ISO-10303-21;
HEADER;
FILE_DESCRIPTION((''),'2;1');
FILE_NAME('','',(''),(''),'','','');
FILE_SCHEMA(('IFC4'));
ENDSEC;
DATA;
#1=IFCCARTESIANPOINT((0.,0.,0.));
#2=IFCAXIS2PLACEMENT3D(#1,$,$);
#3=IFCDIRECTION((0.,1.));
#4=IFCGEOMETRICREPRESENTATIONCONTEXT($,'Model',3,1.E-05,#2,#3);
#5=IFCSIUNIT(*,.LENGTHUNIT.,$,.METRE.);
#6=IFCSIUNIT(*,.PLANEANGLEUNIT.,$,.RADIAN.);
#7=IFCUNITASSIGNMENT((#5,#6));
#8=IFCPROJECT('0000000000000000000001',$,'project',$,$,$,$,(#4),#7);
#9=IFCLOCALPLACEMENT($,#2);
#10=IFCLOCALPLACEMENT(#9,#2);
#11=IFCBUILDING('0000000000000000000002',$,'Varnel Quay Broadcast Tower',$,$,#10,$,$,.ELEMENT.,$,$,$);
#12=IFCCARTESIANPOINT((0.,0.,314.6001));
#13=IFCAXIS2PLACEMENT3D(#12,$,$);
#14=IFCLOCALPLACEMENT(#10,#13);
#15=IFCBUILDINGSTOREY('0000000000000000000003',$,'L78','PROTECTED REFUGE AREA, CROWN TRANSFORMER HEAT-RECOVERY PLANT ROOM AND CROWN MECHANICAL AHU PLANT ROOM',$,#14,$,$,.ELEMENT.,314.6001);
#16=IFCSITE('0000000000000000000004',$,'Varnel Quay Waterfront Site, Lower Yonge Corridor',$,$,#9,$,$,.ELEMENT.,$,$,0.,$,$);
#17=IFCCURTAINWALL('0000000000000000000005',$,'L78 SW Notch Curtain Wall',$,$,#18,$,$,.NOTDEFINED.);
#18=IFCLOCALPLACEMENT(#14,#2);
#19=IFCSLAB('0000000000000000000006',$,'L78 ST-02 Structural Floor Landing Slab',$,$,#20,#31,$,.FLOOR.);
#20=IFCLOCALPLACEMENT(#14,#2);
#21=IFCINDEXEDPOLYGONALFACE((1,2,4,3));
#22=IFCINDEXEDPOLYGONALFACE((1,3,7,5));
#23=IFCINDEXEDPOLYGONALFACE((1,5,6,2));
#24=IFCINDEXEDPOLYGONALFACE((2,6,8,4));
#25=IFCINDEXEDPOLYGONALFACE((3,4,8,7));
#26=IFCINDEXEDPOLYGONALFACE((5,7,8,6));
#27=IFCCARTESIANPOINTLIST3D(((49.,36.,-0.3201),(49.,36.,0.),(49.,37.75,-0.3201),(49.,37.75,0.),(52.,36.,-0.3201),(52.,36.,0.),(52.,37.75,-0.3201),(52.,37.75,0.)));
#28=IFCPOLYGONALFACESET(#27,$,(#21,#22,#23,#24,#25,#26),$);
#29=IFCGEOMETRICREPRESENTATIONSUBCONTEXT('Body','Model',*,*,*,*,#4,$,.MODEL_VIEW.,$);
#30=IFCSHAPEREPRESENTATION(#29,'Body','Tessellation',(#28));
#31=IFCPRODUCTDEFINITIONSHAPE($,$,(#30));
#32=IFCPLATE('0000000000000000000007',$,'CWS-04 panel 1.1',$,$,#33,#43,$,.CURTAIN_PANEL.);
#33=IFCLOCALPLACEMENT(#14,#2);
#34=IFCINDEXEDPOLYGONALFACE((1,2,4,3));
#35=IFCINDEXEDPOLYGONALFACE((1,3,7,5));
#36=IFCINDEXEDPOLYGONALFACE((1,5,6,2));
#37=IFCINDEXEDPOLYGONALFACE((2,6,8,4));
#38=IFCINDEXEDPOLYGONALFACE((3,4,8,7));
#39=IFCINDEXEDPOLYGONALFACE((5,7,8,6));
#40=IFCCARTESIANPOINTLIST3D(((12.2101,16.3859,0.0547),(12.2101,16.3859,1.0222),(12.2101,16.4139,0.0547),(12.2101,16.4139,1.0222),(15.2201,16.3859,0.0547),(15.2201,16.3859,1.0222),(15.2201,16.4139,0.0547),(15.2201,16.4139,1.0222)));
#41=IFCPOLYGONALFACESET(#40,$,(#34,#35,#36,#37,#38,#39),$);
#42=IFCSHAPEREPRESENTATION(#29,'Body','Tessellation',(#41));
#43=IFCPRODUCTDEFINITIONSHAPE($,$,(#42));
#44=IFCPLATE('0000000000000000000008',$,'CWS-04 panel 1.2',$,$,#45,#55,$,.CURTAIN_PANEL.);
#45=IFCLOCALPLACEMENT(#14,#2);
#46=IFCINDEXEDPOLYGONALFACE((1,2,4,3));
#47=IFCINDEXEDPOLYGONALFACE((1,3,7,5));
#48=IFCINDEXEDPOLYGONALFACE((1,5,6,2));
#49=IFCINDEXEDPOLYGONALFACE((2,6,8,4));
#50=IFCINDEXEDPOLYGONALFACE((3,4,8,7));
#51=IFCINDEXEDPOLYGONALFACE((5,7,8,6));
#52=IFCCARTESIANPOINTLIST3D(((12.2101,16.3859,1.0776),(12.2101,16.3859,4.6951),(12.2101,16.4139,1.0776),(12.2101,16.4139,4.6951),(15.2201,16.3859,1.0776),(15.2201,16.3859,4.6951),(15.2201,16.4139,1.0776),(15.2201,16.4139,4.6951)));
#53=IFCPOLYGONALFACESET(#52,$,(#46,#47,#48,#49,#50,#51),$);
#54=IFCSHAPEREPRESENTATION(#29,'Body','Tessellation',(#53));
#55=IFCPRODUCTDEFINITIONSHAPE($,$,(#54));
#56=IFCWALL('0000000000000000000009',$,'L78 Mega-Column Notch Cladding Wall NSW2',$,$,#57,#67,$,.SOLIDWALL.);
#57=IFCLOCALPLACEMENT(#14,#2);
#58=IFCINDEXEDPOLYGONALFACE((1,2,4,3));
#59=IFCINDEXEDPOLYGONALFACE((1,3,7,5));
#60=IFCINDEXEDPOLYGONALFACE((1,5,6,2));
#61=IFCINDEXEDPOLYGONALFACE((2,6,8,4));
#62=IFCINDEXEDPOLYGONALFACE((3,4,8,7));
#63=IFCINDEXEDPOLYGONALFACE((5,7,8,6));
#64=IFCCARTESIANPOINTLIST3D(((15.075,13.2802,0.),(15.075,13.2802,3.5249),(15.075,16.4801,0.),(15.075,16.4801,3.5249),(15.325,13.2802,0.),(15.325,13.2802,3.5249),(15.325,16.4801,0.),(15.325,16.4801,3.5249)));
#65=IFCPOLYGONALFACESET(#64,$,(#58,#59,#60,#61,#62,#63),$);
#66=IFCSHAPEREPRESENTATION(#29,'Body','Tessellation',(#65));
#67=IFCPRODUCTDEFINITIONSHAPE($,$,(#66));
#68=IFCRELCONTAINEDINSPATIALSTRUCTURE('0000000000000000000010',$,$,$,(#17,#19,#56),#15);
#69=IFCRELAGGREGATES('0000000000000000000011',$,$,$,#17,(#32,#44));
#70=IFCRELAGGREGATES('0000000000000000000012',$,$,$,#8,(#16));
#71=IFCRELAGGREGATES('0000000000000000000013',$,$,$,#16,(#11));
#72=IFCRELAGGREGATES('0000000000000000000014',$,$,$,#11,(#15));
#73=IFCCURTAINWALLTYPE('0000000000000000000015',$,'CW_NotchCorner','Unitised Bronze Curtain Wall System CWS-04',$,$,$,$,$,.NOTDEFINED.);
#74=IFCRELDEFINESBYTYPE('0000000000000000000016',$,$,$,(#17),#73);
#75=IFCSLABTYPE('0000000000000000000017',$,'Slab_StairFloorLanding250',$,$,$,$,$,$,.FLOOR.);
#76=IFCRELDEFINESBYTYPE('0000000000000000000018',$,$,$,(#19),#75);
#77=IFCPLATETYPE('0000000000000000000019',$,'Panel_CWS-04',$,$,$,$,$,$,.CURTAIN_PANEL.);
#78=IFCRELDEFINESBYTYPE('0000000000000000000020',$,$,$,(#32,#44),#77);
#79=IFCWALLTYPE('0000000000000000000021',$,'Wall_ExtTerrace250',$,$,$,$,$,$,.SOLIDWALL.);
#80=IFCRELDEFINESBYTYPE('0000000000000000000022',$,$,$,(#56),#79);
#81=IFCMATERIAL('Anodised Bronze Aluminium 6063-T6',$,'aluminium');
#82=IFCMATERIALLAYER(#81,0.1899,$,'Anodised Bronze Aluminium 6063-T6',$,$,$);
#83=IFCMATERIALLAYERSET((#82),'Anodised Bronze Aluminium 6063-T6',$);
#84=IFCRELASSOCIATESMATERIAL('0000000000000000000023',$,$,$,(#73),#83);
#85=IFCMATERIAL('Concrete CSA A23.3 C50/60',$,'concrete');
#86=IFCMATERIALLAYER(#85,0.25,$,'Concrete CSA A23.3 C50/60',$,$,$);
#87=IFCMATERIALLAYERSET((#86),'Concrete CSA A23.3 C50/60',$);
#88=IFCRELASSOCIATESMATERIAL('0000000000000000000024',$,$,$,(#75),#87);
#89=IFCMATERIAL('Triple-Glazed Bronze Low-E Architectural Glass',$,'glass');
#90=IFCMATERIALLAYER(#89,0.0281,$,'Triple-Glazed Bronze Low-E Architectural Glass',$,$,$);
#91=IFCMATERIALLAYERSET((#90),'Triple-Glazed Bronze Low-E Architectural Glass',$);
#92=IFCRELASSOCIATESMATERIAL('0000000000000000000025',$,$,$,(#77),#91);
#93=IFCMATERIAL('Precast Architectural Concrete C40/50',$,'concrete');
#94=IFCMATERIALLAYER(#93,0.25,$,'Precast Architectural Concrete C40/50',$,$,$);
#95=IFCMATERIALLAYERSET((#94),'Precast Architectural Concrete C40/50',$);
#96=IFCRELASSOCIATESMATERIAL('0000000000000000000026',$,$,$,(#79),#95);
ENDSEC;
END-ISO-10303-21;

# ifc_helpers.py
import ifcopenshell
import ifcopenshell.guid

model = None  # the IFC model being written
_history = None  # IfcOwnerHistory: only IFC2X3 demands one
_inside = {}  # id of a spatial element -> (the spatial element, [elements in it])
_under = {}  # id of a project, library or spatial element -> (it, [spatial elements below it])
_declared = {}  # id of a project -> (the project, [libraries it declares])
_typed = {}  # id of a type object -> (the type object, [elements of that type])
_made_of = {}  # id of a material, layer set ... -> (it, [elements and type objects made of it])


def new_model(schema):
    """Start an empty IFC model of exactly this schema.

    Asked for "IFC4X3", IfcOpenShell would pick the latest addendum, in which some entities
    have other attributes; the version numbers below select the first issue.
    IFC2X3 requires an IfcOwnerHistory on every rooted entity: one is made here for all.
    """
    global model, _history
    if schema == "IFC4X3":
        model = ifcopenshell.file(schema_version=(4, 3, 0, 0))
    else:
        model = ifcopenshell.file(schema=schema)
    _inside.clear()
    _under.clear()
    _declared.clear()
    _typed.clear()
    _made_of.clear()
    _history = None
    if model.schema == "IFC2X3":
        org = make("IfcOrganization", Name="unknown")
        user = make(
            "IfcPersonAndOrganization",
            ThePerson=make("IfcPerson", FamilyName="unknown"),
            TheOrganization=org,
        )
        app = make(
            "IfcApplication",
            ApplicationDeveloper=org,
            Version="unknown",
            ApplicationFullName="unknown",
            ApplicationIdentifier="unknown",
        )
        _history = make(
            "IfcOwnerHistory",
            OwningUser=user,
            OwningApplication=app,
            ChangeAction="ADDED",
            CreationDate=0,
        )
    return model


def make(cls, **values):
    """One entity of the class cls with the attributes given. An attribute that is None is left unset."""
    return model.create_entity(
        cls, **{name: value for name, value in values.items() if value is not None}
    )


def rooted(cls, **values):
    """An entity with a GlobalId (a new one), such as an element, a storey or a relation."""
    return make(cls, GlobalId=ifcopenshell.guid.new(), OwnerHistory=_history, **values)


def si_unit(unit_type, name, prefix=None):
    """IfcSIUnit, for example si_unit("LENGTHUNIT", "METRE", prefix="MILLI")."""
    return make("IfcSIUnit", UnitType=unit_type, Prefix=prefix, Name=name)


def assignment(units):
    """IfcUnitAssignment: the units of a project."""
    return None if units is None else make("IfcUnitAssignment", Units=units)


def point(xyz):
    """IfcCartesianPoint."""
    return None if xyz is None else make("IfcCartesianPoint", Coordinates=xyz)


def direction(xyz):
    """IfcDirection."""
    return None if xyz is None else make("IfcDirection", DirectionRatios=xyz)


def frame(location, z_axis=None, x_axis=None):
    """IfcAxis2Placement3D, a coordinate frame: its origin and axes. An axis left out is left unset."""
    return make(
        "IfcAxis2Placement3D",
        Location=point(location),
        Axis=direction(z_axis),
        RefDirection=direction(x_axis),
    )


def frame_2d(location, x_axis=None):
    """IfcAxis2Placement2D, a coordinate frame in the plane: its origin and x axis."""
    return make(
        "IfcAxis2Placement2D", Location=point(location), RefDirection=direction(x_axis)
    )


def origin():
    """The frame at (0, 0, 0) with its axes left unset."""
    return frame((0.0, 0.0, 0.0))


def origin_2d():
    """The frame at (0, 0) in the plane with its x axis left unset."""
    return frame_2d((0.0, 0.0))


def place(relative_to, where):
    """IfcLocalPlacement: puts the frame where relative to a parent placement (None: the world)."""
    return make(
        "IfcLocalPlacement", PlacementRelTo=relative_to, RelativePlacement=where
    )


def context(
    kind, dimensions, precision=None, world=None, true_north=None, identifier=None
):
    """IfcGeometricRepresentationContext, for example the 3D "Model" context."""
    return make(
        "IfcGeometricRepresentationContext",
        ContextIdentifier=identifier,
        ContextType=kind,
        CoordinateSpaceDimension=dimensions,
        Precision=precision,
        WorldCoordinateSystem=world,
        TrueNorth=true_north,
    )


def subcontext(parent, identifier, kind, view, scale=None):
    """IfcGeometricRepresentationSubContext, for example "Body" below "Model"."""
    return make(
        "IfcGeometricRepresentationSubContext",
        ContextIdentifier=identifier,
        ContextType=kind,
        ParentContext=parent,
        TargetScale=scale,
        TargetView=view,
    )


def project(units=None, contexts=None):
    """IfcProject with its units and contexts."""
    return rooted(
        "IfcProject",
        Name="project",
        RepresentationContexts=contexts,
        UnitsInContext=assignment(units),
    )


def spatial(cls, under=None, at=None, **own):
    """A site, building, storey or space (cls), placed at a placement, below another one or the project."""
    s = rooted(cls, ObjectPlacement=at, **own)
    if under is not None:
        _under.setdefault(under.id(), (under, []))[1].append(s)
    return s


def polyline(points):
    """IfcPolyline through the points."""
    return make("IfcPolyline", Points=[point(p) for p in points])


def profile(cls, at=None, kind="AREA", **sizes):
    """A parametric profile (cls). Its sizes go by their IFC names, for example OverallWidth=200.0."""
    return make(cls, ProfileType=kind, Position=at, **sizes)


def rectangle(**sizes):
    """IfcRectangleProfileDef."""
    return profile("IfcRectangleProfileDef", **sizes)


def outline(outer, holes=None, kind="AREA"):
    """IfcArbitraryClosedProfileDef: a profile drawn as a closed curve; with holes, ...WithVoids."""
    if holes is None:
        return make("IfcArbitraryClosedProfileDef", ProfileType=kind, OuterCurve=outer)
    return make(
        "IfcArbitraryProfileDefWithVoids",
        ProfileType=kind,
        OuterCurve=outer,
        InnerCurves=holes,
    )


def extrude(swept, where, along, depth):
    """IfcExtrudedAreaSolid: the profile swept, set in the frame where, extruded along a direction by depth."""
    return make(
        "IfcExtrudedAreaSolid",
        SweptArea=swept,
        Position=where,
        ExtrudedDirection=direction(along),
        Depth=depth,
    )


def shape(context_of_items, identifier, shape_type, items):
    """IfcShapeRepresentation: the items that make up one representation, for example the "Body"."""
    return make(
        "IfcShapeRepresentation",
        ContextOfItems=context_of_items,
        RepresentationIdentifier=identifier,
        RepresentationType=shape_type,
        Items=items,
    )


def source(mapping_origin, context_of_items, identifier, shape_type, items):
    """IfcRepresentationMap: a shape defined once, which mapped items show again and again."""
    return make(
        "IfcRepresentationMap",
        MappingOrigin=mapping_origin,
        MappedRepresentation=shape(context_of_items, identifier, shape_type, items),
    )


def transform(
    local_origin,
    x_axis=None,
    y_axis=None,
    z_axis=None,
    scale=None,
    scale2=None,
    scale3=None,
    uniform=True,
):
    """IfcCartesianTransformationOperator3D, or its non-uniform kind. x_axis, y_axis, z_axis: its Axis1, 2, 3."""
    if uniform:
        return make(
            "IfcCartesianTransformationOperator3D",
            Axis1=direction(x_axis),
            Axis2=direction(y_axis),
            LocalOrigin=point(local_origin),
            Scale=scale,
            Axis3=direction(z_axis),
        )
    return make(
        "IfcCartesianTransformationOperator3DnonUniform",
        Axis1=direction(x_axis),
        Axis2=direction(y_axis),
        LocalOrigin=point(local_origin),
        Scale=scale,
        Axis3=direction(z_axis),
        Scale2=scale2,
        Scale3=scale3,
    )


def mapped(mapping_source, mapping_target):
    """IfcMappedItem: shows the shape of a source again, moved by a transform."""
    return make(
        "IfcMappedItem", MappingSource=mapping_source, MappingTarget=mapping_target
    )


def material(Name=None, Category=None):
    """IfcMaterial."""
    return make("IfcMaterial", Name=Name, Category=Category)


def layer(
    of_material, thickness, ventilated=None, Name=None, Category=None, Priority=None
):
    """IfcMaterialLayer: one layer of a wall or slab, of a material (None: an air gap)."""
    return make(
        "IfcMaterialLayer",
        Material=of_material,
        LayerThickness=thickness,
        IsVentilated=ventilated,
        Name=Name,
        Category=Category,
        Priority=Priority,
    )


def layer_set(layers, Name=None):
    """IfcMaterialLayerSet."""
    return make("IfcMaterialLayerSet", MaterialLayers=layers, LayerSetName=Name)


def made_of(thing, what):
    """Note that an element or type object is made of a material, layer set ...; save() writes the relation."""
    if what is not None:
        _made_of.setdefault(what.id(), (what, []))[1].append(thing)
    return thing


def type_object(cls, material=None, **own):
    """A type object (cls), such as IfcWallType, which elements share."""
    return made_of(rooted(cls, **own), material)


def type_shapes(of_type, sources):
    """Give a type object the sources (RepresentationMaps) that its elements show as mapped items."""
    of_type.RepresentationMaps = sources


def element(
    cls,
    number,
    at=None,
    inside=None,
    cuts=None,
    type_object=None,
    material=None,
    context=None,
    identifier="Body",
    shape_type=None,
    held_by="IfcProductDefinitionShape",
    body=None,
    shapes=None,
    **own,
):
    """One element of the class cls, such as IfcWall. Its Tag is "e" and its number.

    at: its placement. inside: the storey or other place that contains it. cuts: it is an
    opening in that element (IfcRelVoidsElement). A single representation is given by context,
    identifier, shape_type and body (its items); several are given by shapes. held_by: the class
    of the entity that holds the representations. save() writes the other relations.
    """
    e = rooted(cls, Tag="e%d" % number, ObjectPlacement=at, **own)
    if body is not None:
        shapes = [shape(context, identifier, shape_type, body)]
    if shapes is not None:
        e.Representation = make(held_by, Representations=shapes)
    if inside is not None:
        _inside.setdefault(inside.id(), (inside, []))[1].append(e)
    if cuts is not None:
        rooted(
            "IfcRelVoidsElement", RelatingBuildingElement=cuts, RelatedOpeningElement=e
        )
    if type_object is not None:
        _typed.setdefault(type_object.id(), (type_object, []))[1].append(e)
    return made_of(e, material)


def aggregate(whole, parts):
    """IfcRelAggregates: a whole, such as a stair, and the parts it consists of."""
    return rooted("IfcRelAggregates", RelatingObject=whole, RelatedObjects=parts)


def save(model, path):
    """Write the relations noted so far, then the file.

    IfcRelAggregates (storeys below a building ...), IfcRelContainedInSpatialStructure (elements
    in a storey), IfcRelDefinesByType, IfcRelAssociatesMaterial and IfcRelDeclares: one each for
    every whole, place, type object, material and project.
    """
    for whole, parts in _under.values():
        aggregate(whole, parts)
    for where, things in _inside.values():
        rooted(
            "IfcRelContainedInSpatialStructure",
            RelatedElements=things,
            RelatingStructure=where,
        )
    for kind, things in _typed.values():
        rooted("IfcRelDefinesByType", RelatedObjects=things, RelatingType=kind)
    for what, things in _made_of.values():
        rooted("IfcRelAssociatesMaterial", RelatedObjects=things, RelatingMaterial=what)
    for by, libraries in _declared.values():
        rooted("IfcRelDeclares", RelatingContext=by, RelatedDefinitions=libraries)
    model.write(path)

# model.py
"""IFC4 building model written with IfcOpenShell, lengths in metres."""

from ifc_helpers import new_model, si_unit, direction, frame, frame_2d, origin, origin_2d, place, context, subcontext, project, spatial, polyline, rectangle, outline, extrude, source, transform, mapped, material, layer, layer_set, type_object, type_shapes, element, aggregate, save


model = new_model("IFC4")

# Units and contexts
model_context = context("Model", 3, precision=1e-05, world=origin(), true_north=direction((0.0, 1.0)))
body_context = subcontext(model_context, "Body", "Model", "MODEL_VIEW")
ifc_project = project(units=[si_unit("LENGTHUNIT", "METRE"), si_unit("PLANEANGLEUNIT", "RADIAN")], contexts=[model_context])

# Site, building, storey
site_placement = place(None, origin())
site = spatial("IfcSite", under=ifc_project, at=site_placement, Name="Varnel Quay Waterfront Site, Lower Yonge Corridor", CompositionType="ELEMENT", RefElevation=0.0)
building_placement = place(site_placement, origin())
building = spatial("IfcBuilding", under=site, at=building_placement, Name="Varnel Quay Broadcast Tower", CompositionType="ELEMENT")
storey_placement = place(building_placement, frame((0.0, 0.0, 314.6001)))
storey = spatial("IfcBuildingStorey", under=building, at=storey_placement, Name="L78", Description="PROTECTED REFUGE AREA, CROWN TRANSFORMER HEAT-RECOVERY PLANT ROOM AND CROWN MECHANICAL AHU PLANT ROOM", CompositionType="ELEMENT", Elevation=314.6001)

# Curtain wall
ifc_material_1 = material(Name="Anodised Bronze Aluminium 6063-T6", Category="aluminium")
ifc_layer_1 = layer(ifc_material_1, 0.1899, Name="Anodised Bronze Aluminium 6063-T6")
ifc_layer_set_1 = layer_set([ifc_layer_1], Name="Anodised Bronze Aluminium 6063-T6")
curtain_wall_type_1 = type_object("IfcCurtainWallType", Name="CW_NotchCorner", Description="Unitised Bronze Curtain Wall System CWS-04", PredefinedType="NOTDEFINED", material=ifc_layer_set_1)
curtain_wall_1_placement = place(storey_placement, origin())
curtain_wall_1 = element("IfcCurtainWall", 1, at=curtain_wall_1_placement, inside=storey, type_object=curtain_wall_type_1, Name="L78 SW Notch Curtain Wall", PredefinedType="NOTDEFINED")

# Slab
ifc_material_2 = material(Name="Concrete CSA A23.3 C50/60", Category="concrete")
ifc_layer_2 = layer(ifc_material_2, 0.25, Name="Concrete CSA A23.3 C50/60")
ifc_layer_set_2 = layer_set([ifc_layer_2], Name="Concrete CSA A23.3 C50/60")
slab_type_1 = type_object("IfcSlabType", Name="Slab_StairFloorLanding250", PredefinedType="FLOOR", material=ifc_layer_set_2)
slab_1_placement = place(storey_placement, frame((0.0, 0.0, -0.3201)))
element("IfcSlab", 2, at=slab_1_placement, inside=storey, type_object=slab_type_1, Name="L78 ST-02 Structural Floor Landing Slab", PredefinedType="FLOOR", context=body_context, shape_type="SweptSolid", body=[
    extrude(outline(polyline([(52.0, 36.0), (52.0, 37.75), (49.0, 37.75), (49.0, 36.0), (52.0, 36.0)])), origin(), (0.0, 0.0, 1.0), 0.3201),
])

# Plates
ifc_material_3 = material(Name="Triple-Glazed Bronze Low-E Architectural Glass", Category="glass")
ifc_layer_3 = layer(ifc_material_3, 0.0281, Name="Triple-Glazed Bronze Low-E Architectural Glass")
ifc_layer_set_3 = layer_set([ifc_layer_3], Name="Triple-Glazed Bronze Low-E Architectural Glass")
plate_type = type_object("IfcPlateType", Name="Panel_CWS-04", PredefinedType="CURTAIN_PANEL", material=ifc_layer_set_3)
shared_shape_1 = source(origin(), body_context, "Body", "SweptSolid", [
    extrude(rectangle(XDim=3.01, YDim=0.0281, at=origin_2d()), origin(), (0.0, 0.0, 1.0), 0.9675),
])
plate_1_placement = place(storey_placement, frame((13.7151, 16.3999, 0.0547), z_axis=(0.0, 0.0, 1.0), x_axis=(1.0, 0.0, 0.0)))
plate_1 = element("IfcPlate", 3, at=plate_1_placement, type_object=plate_type, Name="CWS-04 panel 1.1", PredefinedType="CURTAIN_PANEL", context=body_context, shape_type="MappedRepresentation", body=[
    mapped(shared_shape_1, transform((0.0, 0.0, 0.0), x_axis=(1.0, 0.0, 0.0), y_axis=(0.0, 1.0, 0.0), z_axis=(0.0, 0.0, 1.0), scale=1.0)),
])
shared_shape_2 = source(origin(), body_context, "Body", "SweptSolid", [
    extrude(rectangle(XDim=3.01, YDim=0.0281, at=origin_2d()), origin(), (0.0, 0.0, 1.0), 3.6174),
])
type_shapes(plate_type, [shared_shape_1, shared_shape_2])
plate_2_placement = place(storey_placement, frame((13.7151, 16.3999, 1.0776), z_axis=(0.0, 0.0, 1.0), x_axis=(1.0, 0.0, 0.0)))
plate_2 = element("IfcPlate", 4, at=plate_2_placement, type_object=plate_type, Name="CWS-04 panel 1.2", PredefinedType="CURTAIN_PANEL", context=body_context, shape_type="MappedRepresentation", body=[
    mapped(shared_shape_2, transform((0.0, 0.0, 0.0), x_axis=(1.0, 0.0, 0.0), y_axis=(0.0, 1.0, 0.0), z_axis=(0.0, 0.0, 1.0), scale=1.0)),
])
aggregate(curtain_wall_1, [plate_1, plate_2])

# Wall
ifc_material_4 = material(Name="Precast Architectural Concrete C40/50", Category="concrete")
ifc_layer_4 = layer(ifc_material_4, 0.25, Name="Precast Architectural Concrete C40/50")
ifc_layer_set_4 = layer_set([ifc_layer_4], Name="Precast Architectural Concrete C40/50")
wall_type = type_object("IfcWallType", Name="Wall_ExtTerrace250", PredefinedType="SOLIDWALL", material=ifc_layer_set_4)
wall_placement = place(storey_placement, frame((15.2, 13.28, 0.0), z_axis=(0.0, 0.0, 1.0), x_axis=(0.0, 1.0, 0.0)))
element("IfcWall", 5, at=wall_placement, inside=storey, type_object=wall_type, Name="L78 Mega-Column Notch Cladding Wall NSW2", PredefinedType="SOLIDWALL", context=body_context, shape_type="SweptSolid", body=[
    extrude(rectangle(XDim=3.2, YDim=0.25, at=frame_2d((1.6001, 0.0))), origin(), (0.0, 0.0, 1.0), 3.5249),
])

save(model, "model.ifc")
